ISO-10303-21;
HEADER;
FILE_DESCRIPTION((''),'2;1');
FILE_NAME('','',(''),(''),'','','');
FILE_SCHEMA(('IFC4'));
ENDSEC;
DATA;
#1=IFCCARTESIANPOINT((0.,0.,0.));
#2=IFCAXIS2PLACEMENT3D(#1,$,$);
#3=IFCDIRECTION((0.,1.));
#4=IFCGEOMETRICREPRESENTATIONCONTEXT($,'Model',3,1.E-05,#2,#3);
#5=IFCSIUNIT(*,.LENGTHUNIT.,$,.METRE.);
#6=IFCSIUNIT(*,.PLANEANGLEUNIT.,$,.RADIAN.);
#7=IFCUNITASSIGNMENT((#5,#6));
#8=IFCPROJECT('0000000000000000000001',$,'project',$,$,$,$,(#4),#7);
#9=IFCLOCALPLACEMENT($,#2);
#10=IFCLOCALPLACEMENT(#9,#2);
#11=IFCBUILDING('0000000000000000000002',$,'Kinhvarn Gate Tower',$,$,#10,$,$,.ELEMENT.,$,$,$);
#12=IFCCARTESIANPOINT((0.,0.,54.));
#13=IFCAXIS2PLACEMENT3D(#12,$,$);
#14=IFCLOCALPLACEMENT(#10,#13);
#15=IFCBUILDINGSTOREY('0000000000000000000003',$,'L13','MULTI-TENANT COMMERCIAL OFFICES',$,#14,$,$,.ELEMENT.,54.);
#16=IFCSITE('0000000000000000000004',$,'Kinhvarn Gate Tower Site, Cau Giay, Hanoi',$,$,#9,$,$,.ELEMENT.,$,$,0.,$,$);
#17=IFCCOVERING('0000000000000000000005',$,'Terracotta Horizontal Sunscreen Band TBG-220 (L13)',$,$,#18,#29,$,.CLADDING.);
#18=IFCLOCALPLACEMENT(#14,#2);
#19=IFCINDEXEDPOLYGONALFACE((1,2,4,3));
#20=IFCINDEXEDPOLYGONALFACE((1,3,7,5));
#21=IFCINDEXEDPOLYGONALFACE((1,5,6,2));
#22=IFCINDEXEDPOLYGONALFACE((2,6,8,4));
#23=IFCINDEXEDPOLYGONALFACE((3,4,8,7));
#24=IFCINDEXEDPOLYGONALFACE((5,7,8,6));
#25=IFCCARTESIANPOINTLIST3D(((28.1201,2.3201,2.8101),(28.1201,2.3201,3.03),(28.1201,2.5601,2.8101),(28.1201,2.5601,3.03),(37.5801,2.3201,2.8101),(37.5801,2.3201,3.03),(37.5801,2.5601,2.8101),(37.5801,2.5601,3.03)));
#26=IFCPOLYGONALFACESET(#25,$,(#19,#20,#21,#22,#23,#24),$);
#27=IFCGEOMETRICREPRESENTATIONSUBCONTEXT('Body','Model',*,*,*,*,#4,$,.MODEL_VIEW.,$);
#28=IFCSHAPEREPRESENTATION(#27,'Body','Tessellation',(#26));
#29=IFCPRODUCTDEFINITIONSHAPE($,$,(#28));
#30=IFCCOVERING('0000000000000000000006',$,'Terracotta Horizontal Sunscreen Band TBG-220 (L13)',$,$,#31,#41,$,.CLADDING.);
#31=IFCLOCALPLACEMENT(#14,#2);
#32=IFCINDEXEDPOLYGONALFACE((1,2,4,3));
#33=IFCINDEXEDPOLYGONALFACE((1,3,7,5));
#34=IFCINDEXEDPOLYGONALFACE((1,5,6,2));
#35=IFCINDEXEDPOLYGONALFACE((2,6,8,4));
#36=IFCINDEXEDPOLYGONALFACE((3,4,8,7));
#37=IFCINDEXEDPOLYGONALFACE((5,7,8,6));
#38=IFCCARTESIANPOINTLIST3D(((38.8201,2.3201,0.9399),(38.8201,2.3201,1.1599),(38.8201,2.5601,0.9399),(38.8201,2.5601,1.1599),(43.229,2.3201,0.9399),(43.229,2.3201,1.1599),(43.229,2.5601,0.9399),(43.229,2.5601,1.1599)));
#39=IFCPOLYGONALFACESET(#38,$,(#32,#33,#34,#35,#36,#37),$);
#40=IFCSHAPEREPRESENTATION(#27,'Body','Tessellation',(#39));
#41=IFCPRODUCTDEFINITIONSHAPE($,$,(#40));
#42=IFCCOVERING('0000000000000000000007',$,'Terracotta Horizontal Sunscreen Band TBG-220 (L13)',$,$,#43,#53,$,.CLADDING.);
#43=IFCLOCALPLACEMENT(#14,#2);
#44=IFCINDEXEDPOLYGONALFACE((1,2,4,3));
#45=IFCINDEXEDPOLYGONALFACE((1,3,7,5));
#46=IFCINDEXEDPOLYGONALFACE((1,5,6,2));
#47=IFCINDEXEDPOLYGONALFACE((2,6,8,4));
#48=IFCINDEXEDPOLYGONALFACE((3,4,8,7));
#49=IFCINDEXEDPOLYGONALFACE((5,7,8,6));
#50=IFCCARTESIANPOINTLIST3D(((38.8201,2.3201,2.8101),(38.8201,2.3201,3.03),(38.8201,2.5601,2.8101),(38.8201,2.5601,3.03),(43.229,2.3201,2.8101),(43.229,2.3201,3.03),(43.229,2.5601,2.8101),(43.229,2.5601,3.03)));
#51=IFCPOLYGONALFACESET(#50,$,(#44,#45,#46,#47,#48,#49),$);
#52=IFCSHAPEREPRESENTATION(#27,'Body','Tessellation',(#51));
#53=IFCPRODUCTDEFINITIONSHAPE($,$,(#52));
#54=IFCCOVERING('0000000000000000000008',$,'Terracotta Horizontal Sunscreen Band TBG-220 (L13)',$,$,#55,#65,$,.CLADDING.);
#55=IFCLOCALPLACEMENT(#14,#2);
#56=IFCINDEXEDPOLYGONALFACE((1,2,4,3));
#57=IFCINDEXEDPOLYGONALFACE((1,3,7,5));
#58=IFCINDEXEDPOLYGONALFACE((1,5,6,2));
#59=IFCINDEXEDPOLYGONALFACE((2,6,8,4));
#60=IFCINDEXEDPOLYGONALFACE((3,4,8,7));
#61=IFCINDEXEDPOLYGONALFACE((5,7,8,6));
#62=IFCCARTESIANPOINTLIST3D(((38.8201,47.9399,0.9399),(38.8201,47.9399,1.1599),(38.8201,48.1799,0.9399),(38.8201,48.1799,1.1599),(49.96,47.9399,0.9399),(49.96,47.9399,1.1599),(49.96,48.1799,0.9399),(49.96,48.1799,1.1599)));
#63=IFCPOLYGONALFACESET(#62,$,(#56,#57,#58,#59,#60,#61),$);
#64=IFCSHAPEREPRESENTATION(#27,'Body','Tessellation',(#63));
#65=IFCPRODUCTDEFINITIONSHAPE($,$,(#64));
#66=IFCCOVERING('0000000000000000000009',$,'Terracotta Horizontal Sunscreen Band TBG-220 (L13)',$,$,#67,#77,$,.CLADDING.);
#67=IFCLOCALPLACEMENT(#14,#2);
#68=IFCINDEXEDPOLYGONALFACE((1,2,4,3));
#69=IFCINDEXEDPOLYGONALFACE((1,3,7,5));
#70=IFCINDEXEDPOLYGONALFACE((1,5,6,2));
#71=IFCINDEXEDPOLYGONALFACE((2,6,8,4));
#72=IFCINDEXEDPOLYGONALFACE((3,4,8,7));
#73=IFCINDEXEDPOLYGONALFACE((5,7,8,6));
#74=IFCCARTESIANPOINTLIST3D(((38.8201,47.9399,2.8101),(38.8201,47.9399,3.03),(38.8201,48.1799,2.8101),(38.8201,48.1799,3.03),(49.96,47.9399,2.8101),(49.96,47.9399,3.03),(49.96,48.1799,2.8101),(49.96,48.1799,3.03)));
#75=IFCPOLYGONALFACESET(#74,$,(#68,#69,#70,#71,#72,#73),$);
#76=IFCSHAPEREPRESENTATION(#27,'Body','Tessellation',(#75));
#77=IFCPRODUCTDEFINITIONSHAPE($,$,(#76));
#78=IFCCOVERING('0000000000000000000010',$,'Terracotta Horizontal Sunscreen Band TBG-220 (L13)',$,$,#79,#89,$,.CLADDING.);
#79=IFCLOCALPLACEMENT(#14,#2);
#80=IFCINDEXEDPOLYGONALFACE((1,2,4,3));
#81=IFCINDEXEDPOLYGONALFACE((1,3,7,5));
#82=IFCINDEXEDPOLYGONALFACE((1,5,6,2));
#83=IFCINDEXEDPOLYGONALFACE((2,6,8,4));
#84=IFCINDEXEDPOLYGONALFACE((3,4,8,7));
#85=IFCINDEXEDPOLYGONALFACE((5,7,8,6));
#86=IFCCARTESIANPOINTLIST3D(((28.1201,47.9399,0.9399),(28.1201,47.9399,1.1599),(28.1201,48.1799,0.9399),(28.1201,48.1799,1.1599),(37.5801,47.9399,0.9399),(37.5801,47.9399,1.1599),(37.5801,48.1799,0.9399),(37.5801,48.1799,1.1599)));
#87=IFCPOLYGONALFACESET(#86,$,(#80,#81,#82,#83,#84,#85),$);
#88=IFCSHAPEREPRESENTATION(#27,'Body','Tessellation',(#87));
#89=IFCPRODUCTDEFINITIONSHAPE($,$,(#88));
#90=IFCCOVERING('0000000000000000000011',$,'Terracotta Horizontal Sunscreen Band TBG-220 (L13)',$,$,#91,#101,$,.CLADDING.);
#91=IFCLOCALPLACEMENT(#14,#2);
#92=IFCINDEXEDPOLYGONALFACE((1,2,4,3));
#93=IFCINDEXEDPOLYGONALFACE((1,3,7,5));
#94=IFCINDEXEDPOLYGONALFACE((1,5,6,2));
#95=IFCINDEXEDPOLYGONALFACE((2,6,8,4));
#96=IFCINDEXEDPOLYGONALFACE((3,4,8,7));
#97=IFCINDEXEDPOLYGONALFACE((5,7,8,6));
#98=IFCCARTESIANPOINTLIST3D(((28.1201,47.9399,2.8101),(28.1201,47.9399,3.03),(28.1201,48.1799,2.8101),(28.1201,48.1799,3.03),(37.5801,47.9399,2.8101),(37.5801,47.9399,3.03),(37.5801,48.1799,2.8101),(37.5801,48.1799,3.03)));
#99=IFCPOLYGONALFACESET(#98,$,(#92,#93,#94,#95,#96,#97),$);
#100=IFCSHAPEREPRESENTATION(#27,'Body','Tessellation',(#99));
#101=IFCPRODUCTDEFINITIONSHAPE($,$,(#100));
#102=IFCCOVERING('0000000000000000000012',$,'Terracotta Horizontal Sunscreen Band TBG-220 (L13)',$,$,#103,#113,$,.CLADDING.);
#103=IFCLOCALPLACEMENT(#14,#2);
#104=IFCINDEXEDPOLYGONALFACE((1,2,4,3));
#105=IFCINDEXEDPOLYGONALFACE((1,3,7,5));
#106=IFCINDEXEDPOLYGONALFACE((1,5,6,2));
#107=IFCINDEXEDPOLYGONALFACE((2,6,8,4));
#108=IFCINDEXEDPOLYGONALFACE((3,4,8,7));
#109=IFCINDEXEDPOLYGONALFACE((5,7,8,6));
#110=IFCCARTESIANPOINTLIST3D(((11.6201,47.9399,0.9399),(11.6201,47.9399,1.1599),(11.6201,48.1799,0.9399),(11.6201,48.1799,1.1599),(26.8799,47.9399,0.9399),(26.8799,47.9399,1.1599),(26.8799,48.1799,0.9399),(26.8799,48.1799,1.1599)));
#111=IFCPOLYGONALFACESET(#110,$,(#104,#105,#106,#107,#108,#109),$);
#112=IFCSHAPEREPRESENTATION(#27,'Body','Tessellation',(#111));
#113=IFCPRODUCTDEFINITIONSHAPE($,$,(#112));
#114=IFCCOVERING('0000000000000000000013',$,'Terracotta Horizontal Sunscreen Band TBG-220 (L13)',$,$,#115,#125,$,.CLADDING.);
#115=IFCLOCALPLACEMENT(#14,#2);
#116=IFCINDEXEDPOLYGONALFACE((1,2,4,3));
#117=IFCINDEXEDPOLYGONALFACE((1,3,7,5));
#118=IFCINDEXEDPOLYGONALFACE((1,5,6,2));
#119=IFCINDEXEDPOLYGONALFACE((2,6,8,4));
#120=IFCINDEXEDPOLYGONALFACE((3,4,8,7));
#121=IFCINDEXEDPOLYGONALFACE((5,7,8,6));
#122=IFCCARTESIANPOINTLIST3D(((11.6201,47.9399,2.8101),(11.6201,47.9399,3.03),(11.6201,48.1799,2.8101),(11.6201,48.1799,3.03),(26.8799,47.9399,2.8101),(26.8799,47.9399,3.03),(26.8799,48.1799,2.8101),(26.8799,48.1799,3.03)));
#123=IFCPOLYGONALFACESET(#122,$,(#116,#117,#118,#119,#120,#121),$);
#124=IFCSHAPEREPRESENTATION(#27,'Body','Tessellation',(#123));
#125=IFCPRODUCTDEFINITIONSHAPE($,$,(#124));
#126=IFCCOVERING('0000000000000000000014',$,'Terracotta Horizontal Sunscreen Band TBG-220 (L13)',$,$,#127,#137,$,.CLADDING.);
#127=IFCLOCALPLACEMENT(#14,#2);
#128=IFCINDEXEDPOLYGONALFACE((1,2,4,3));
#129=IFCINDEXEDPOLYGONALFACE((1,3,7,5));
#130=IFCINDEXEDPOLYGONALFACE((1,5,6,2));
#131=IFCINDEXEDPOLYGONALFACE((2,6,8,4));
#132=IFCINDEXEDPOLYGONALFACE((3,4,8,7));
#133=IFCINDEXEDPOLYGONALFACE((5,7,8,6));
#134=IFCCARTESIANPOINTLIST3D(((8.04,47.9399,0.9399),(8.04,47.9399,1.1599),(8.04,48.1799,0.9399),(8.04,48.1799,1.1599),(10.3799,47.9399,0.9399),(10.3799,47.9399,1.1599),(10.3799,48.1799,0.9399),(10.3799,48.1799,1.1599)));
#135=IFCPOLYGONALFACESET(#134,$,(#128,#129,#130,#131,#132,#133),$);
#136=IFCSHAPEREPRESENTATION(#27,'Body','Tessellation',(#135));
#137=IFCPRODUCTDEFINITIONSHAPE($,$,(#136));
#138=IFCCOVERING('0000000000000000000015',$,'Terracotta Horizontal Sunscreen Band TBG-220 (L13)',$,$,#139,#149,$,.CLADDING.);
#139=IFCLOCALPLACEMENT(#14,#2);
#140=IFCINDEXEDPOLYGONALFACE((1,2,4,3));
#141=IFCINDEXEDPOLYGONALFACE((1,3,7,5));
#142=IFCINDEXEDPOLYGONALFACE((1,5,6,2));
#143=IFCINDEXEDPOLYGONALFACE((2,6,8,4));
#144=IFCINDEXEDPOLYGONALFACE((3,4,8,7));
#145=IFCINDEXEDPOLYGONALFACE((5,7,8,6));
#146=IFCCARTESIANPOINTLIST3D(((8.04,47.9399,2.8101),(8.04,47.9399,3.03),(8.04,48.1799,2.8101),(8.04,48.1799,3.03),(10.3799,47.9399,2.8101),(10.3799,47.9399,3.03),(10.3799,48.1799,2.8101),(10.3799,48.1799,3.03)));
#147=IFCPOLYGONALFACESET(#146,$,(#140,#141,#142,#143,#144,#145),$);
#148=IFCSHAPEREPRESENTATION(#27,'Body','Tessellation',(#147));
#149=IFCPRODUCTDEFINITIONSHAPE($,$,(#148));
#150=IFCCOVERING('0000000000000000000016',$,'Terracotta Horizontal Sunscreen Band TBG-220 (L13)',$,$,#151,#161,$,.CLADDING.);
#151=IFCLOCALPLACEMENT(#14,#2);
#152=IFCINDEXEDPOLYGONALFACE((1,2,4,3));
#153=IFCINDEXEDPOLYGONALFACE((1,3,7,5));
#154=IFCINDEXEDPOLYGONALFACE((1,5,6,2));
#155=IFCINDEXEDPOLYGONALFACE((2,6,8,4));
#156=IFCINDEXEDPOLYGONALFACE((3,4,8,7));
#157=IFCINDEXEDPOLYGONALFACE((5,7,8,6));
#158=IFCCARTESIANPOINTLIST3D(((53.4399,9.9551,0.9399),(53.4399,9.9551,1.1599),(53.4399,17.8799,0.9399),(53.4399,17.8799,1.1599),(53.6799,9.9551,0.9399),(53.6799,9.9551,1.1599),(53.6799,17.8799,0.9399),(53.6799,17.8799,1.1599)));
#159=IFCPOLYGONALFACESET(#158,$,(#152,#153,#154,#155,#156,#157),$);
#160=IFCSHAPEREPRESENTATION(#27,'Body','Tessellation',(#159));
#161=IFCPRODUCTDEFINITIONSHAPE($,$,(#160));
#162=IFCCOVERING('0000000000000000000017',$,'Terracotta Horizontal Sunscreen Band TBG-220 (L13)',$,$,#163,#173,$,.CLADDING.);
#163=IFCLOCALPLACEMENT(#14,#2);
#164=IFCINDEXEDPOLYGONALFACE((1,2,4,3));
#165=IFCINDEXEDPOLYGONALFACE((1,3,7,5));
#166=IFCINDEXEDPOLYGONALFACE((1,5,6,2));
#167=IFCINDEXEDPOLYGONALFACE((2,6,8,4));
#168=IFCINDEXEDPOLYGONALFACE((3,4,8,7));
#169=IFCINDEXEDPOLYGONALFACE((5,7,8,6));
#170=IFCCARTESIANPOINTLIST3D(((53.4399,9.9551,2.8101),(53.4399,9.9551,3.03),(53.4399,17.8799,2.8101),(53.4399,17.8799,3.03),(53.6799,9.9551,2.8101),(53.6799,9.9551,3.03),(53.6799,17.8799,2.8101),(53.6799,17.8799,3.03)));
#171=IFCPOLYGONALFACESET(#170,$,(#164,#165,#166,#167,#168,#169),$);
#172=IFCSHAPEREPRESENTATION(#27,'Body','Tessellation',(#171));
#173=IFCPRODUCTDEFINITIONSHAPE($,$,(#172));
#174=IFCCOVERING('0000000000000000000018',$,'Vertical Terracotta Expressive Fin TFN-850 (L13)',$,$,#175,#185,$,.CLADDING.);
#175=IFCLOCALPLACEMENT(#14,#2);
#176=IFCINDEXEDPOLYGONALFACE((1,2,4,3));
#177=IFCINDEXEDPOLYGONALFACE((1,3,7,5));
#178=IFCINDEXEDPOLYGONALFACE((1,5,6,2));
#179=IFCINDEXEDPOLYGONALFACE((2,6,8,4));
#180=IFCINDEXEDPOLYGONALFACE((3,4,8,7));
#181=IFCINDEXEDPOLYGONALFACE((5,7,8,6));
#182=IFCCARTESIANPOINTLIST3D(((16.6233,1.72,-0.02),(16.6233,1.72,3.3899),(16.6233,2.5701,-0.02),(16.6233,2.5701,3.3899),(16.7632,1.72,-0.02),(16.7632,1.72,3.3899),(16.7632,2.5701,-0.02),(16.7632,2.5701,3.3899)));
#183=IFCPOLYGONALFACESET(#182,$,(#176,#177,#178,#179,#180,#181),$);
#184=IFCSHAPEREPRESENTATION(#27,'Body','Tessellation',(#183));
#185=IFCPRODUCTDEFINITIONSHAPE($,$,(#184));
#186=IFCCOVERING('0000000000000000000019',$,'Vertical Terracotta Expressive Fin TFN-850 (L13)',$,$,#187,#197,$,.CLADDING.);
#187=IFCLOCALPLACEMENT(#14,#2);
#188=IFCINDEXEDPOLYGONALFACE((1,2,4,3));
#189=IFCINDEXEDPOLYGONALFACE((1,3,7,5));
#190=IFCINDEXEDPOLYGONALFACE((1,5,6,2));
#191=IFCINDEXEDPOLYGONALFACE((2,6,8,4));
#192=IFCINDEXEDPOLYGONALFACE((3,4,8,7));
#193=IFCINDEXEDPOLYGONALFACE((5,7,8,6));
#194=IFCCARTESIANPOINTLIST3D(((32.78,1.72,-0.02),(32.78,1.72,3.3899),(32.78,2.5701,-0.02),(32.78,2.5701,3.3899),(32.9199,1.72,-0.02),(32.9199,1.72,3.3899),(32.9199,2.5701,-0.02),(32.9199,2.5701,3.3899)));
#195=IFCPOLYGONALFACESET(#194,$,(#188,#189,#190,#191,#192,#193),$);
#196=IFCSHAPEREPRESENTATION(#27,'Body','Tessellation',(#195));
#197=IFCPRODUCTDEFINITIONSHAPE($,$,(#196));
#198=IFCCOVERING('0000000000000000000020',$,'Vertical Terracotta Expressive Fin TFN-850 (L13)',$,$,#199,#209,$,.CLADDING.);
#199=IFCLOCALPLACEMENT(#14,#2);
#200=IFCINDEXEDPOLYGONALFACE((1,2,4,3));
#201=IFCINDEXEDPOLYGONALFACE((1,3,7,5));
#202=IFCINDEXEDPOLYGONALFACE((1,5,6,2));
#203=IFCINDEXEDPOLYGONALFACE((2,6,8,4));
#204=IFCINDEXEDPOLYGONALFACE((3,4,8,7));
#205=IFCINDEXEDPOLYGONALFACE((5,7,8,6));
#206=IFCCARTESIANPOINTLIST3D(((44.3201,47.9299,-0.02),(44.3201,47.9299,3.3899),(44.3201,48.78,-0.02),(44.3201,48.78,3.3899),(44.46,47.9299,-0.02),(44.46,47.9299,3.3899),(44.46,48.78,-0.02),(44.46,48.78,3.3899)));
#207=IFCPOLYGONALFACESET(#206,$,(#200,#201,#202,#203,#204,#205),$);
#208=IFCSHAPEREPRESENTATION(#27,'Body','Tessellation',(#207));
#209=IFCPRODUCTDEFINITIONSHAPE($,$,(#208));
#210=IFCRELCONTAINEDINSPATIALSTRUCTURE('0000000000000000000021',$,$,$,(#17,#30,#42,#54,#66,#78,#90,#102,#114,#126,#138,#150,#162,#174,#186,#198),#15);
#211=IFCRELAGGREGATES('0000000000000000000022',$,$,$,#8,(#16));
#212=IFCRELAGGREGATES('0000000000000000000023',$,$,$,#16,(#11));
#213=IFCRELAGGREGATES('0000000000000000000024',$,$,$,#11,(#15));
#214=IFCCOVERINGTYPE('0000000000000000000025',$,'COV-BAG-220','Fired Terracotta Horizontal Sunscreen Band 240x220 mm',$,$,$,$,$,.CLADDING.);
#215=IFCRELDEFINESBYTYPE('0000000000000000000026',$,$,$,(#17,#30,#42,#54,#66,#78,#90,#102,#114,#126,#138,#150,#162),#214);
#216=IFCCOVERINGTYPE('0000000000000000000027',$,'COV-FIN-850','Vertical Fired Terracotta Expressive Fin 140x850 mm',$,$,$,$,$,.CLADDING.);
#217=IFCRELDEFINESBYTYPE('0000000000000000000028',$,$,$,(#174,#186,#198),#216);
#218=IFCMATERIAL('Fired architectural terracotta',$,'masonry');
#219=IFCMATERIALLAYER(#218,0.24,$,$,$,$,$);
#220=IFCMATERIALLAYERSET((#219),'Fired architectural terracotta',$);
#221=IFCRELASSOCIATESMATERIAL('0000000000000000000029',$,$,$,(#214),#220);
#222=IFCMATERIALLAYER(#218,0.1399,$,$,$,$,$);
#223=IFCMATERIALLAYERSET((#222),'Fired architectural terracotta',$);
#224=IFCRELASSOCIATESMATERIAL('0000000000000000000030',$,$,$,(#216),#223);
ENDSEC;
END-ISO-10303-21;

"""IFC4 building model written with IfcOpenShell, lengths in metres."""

from ifc_helpers import new_model, si_unit, direction, frame, origin, place, context, subcontext, project, spatial, polyline, outline, extrude, material, layer, layer_set, type_object, element, save


model = new_model("IFC4")

# Units and contexts
model_context = context("Model", 3, precision=1e-05, world=origin(), true_north=direction((0.0, 1.0)))
body_context = subcontext(model_context, "Body", "Model", "MODEL_VIEW")
ifc_project = project(units=[si_unit("LENGTHUNIT", "METRE"), si_unit("PLANEANGLEUNIT", "RADIAN")], contexts=[model_context])

# Site, building, storey
site_placement = place(None, origin())
site = spatial("IfcSite", under=ifc_project, at=site_placement, Name="Kinhvarn Gate Tower Site, Cau Giay, Hanoi", CompositionType="ELEMENT", RefElevation=0.0)
building_placement = place(site_placement, origin())
building = spatial("IfcBuilding", under=site, at=building_placement, Name="Kinhvarn Gate Tower", CompositionType="ELEMENT")
storey_placement = place(building_placement, frame((0.0, 0.0, 54.0)))
storey = spatial("IfcBuildingStorey", under=building, at=storey_placement, Name="L13", Description="MULTI-TENANT COMMERCIAL OFFICES", CompositionType="ELEMENT", Elevation=54.0)

# Coverings
ifc_material_1 = material(Name="Fired architectural terracotta", Category="masonry")
ifc_layer_1 = layer(ifc_material_1, 0.24)
ifc_layer_set_1 = layer_set([ifc_layer_1], Name="Fired architectural terracotta")
covering_type_1 = type_object("IfcCoveringType", Name="COV-BAG-220", Description="Fired Terracotta Horizontal Sunscreen Band 240x220 mm", PredefinedType="CLADDING", material=ifc_layer_set_1)
for number, where, name in (
    (1, (0.0, 0.0, 2.8101), "Terracotta Horizontal Sunscreen Band TBG-220 (L13)"),
):
    element("IfcCovering", number, at=place(storey_placement, frame(where)), inside=storey, type_object=covering_type_1, Name=name, PredefinedType="CLADDING", context=body_context, shape_type="SweptSolid", body=[
        extrude(outline(polyline([(28.1201, 2.5601), (37.5801, 2.5601), (37.5801, 2.3201), (28.1201, 2.3201), (28.1201, 2.5601)])), origin(), (0.0, 0.0, 1.0), 0.22),
    ])
for number, where, name in (
    (2, (0.0, 0.0, 0.9399), "Terracotta Horizontal Sunscreen Band TBG-220 (L13)"),
    (3, (0.0, 0.0, 2.8101), "Terracotta Horizontal Sunscreen Band TBG-220 (L13)"),
):
    element("IfcCovering", number, at=place(storey_placement, frame(where)), inside=storey, type_object=covering_type_1, Name=name, PredefinedType="CLADDING", context=body_context, shape_type="SweptSolid", body=[
        extrude(outline(polyline([(38.8201, 2.5601), (43.229, 2.5601), (43.229, 2.3201), (38.8201, 2.3201), (38.8201, 2.5601)])), origin(), (0.0, 0.0, 1.0), 0.22),
    ])
for number, where, name in (
    (4, (0.0, 0.0, 0.9399), "Terracotta Horizontal Sunscreen Band TBG-220 (L13)"),
    (5, (0.0, 0.0, 2.8101), "Terracotta Horizontal Sunscreen Band TBG-220 (L13)"),
):
    element("IfcCovering", number, at=place(storey_placement, frame(where)), inside=storey, type_object=covering_type_1, Name=name, PredefinedType="CLADDING", context=body_context, shape_type="SweptSolid", body=[
        extrude(outline(polyline([(49.96, 47.9399), (38.8201, 47.9399), (38.8201, 48.1799), (49.96, 48.1799), (49.96, 47.9399)])), origin(), (0.0, 0.0, 1.0), 0.22),
    ])
for number, where, name in (
    (6, (0.0, 0.0, 0.9399), "Terracotta Horizontal Sunscreen Band TBG-220 (L13)"),
    (7, (0.0, 0.0, 2.8101), "Terracotta Horizontal Sunscreen Band TBG-220 (L13)"),
):
    element("IfcCovering", number, at=place(storey_placement, frame(where)), inside=storey, type_object=covering_type_1, Name=name, PredefinedType="CLADDING", context=body_context, shape_type="SweptSolid", body=[
        extrude(outline(polyline([(37.5801, 47.9399), (28.1201, 47.9399), (28.1201, 48.1799), (37.5801, 48.1799), (37.5801, 47.9399)])), origin(), (0.0, 0.0, 1.0), 0.22),
    ])
for number, where, name in (
    (8, (0.0, 0.0, 0.9399), "Terracotta Horizontal Sunscreen Band TBG-220 (L13)"),
    (9, (0.0, 0.0, 2.8101), "Terracotta Horizontal Sunscreen Band TBG-220 (L13)"),
):
    element("IfcCovering", number, at=place(storey_placement, frame(where)), inside=storey, type_object=covering_type_1, Name=name, PredefinedType="CLADDING", context=body_context, shape_type="SweptSolid", body=[
        extrude(outline(polyline([(26.8799, 47.9399), (11.6201, 47.9399), (11.6201, 48.1799), (26.8799, 48.1799), (26.8799, 47.9399)])), origin(), (0.0, 0.0, 1.0), 0.22),
    ])
for number, where, name in (
    (10, (0.0, 0.0, 0.9399), "Terracotta Horizontal Sunscreen Band TBG-220 (L13)"),
    (11, (0.0, 0.0, 2.8101), "Terracotta Horizontal Sunscreen Band TBG-220 (L13)"),
):
    element("IfcCovering", number, at=place(storey_placement, frame(where)), inside=storey, type_object=covering_type_1, Name=name, PredefinedType="CLADDING", context=body_context, shape_type="SweptSolid", body=[
        extrude(outline(polyline([(10.3799, 47.9399), (8.04, 47.9399), (8.04, 48.1799), (10.3799, 48.1799), (10.3799, 47.9399)])), origin(), (0.0, 0.0, 1.0), 0.22),
    ])
for number, where, name in (
    (12, (0.0, 0.0, 0.9399), "Terracotta Horizontal Sunscreen Band TBG-220 (L13)"),
    (13, (0.0, 0.0, 2.8101), "Terracotta Horizontal Sunscreen Band TBG-220 (L13)"),
):
    element("IfcCovering", number, at=place(storey_placement, frame(where)), inside=storey, type_object=covering_type_1, Name=name, PredefinedType="CLADDING", context=body_context, shape_type="SweptSolid", body=[
        extrude(outline(polyline([(53.4399, 9.9551), (53.4399, 17.8799), (53.6799, 17.8799), (53.6799, 9.9551), (53.4399, 9.9551)])), origin(), (0.0, 0.0, 1.0), 0.22),
    ])
ifc_layer_2 = layer(ifc_material_1, 0.1399)
ifc_layer_set_2 = layer_set([ifc_layer_2], Name="Fired architectural terracotta")
covering_type_2 = type_object("IfcCoveringType", Name="COV-FIN-850", Description="Vertical Fired Terracotta Expressive Fin 140x850 mm", PredefinedType="CLADDING", material=ifc_layer_set_2)
covering_1_placement = place(storey_placement, frame((0.0, 0.0, -0.02)))
element("IfcCovering", 14, at=covering_1_placement, inside=storey, type_object=covering_type_2, Name="Vertical Terracotta Expressive Fin TFN-850 (L13)", PredefinedType="CLADDING", context=body_context, shape_type="SweptSolid", body=[
    extrude(outline(polyline([(16.6233, 2.5701), (16.7632, 2.5701), (16.7632, 1.72), (16.6233, 1.72), (16.6233, 2.5701)])), origin(), (0.0, 0.0, 1.0), 3.4099),
])
covering_2_placement = place(storey_placement, frame((0.0, 0.0, -0.02)))
element("IfcCovering", 15, at=covering_2_placement, inside=storey, type_object=covering_type_2, Name="Vertical Terracotta Expressive Fin TFN-850 (L13)", PredefinedType="CLADDING", context=body_context, shape_type="SweptSolid", body=[
    extrude(outline(polyline([(32.78, 2.5701), (32.9199, 2.5701), (32.9199, 1.72), (32.78, 1.72), (32.78, 2.5701)])), origin(), (0.0, 0.0, 1.0), 3.4099),
])
covering_3_placement = place(storey_placement, frame((0.0, 0.0, -0.02)))
element("IfcCovering", 16, at=covering_3_placement, inside=storey, type_object=covering_type_2, Name="Vertical Terracotta Expressive Fin TFN-850 (L13)", PredefinedType="CLADDING", context=body_context, shape_type="SweptSolid", body=[
    extrude(outline(polyline([(44.46, 47.9299), (44.3201, 47.9299), (44.3201, 48.78), (44.46, 48.78), (44.46, 47.9299)])), origin(), (0.0, 0.0, 1.0), 3.4099),
])

save(model, "model.ifc")
